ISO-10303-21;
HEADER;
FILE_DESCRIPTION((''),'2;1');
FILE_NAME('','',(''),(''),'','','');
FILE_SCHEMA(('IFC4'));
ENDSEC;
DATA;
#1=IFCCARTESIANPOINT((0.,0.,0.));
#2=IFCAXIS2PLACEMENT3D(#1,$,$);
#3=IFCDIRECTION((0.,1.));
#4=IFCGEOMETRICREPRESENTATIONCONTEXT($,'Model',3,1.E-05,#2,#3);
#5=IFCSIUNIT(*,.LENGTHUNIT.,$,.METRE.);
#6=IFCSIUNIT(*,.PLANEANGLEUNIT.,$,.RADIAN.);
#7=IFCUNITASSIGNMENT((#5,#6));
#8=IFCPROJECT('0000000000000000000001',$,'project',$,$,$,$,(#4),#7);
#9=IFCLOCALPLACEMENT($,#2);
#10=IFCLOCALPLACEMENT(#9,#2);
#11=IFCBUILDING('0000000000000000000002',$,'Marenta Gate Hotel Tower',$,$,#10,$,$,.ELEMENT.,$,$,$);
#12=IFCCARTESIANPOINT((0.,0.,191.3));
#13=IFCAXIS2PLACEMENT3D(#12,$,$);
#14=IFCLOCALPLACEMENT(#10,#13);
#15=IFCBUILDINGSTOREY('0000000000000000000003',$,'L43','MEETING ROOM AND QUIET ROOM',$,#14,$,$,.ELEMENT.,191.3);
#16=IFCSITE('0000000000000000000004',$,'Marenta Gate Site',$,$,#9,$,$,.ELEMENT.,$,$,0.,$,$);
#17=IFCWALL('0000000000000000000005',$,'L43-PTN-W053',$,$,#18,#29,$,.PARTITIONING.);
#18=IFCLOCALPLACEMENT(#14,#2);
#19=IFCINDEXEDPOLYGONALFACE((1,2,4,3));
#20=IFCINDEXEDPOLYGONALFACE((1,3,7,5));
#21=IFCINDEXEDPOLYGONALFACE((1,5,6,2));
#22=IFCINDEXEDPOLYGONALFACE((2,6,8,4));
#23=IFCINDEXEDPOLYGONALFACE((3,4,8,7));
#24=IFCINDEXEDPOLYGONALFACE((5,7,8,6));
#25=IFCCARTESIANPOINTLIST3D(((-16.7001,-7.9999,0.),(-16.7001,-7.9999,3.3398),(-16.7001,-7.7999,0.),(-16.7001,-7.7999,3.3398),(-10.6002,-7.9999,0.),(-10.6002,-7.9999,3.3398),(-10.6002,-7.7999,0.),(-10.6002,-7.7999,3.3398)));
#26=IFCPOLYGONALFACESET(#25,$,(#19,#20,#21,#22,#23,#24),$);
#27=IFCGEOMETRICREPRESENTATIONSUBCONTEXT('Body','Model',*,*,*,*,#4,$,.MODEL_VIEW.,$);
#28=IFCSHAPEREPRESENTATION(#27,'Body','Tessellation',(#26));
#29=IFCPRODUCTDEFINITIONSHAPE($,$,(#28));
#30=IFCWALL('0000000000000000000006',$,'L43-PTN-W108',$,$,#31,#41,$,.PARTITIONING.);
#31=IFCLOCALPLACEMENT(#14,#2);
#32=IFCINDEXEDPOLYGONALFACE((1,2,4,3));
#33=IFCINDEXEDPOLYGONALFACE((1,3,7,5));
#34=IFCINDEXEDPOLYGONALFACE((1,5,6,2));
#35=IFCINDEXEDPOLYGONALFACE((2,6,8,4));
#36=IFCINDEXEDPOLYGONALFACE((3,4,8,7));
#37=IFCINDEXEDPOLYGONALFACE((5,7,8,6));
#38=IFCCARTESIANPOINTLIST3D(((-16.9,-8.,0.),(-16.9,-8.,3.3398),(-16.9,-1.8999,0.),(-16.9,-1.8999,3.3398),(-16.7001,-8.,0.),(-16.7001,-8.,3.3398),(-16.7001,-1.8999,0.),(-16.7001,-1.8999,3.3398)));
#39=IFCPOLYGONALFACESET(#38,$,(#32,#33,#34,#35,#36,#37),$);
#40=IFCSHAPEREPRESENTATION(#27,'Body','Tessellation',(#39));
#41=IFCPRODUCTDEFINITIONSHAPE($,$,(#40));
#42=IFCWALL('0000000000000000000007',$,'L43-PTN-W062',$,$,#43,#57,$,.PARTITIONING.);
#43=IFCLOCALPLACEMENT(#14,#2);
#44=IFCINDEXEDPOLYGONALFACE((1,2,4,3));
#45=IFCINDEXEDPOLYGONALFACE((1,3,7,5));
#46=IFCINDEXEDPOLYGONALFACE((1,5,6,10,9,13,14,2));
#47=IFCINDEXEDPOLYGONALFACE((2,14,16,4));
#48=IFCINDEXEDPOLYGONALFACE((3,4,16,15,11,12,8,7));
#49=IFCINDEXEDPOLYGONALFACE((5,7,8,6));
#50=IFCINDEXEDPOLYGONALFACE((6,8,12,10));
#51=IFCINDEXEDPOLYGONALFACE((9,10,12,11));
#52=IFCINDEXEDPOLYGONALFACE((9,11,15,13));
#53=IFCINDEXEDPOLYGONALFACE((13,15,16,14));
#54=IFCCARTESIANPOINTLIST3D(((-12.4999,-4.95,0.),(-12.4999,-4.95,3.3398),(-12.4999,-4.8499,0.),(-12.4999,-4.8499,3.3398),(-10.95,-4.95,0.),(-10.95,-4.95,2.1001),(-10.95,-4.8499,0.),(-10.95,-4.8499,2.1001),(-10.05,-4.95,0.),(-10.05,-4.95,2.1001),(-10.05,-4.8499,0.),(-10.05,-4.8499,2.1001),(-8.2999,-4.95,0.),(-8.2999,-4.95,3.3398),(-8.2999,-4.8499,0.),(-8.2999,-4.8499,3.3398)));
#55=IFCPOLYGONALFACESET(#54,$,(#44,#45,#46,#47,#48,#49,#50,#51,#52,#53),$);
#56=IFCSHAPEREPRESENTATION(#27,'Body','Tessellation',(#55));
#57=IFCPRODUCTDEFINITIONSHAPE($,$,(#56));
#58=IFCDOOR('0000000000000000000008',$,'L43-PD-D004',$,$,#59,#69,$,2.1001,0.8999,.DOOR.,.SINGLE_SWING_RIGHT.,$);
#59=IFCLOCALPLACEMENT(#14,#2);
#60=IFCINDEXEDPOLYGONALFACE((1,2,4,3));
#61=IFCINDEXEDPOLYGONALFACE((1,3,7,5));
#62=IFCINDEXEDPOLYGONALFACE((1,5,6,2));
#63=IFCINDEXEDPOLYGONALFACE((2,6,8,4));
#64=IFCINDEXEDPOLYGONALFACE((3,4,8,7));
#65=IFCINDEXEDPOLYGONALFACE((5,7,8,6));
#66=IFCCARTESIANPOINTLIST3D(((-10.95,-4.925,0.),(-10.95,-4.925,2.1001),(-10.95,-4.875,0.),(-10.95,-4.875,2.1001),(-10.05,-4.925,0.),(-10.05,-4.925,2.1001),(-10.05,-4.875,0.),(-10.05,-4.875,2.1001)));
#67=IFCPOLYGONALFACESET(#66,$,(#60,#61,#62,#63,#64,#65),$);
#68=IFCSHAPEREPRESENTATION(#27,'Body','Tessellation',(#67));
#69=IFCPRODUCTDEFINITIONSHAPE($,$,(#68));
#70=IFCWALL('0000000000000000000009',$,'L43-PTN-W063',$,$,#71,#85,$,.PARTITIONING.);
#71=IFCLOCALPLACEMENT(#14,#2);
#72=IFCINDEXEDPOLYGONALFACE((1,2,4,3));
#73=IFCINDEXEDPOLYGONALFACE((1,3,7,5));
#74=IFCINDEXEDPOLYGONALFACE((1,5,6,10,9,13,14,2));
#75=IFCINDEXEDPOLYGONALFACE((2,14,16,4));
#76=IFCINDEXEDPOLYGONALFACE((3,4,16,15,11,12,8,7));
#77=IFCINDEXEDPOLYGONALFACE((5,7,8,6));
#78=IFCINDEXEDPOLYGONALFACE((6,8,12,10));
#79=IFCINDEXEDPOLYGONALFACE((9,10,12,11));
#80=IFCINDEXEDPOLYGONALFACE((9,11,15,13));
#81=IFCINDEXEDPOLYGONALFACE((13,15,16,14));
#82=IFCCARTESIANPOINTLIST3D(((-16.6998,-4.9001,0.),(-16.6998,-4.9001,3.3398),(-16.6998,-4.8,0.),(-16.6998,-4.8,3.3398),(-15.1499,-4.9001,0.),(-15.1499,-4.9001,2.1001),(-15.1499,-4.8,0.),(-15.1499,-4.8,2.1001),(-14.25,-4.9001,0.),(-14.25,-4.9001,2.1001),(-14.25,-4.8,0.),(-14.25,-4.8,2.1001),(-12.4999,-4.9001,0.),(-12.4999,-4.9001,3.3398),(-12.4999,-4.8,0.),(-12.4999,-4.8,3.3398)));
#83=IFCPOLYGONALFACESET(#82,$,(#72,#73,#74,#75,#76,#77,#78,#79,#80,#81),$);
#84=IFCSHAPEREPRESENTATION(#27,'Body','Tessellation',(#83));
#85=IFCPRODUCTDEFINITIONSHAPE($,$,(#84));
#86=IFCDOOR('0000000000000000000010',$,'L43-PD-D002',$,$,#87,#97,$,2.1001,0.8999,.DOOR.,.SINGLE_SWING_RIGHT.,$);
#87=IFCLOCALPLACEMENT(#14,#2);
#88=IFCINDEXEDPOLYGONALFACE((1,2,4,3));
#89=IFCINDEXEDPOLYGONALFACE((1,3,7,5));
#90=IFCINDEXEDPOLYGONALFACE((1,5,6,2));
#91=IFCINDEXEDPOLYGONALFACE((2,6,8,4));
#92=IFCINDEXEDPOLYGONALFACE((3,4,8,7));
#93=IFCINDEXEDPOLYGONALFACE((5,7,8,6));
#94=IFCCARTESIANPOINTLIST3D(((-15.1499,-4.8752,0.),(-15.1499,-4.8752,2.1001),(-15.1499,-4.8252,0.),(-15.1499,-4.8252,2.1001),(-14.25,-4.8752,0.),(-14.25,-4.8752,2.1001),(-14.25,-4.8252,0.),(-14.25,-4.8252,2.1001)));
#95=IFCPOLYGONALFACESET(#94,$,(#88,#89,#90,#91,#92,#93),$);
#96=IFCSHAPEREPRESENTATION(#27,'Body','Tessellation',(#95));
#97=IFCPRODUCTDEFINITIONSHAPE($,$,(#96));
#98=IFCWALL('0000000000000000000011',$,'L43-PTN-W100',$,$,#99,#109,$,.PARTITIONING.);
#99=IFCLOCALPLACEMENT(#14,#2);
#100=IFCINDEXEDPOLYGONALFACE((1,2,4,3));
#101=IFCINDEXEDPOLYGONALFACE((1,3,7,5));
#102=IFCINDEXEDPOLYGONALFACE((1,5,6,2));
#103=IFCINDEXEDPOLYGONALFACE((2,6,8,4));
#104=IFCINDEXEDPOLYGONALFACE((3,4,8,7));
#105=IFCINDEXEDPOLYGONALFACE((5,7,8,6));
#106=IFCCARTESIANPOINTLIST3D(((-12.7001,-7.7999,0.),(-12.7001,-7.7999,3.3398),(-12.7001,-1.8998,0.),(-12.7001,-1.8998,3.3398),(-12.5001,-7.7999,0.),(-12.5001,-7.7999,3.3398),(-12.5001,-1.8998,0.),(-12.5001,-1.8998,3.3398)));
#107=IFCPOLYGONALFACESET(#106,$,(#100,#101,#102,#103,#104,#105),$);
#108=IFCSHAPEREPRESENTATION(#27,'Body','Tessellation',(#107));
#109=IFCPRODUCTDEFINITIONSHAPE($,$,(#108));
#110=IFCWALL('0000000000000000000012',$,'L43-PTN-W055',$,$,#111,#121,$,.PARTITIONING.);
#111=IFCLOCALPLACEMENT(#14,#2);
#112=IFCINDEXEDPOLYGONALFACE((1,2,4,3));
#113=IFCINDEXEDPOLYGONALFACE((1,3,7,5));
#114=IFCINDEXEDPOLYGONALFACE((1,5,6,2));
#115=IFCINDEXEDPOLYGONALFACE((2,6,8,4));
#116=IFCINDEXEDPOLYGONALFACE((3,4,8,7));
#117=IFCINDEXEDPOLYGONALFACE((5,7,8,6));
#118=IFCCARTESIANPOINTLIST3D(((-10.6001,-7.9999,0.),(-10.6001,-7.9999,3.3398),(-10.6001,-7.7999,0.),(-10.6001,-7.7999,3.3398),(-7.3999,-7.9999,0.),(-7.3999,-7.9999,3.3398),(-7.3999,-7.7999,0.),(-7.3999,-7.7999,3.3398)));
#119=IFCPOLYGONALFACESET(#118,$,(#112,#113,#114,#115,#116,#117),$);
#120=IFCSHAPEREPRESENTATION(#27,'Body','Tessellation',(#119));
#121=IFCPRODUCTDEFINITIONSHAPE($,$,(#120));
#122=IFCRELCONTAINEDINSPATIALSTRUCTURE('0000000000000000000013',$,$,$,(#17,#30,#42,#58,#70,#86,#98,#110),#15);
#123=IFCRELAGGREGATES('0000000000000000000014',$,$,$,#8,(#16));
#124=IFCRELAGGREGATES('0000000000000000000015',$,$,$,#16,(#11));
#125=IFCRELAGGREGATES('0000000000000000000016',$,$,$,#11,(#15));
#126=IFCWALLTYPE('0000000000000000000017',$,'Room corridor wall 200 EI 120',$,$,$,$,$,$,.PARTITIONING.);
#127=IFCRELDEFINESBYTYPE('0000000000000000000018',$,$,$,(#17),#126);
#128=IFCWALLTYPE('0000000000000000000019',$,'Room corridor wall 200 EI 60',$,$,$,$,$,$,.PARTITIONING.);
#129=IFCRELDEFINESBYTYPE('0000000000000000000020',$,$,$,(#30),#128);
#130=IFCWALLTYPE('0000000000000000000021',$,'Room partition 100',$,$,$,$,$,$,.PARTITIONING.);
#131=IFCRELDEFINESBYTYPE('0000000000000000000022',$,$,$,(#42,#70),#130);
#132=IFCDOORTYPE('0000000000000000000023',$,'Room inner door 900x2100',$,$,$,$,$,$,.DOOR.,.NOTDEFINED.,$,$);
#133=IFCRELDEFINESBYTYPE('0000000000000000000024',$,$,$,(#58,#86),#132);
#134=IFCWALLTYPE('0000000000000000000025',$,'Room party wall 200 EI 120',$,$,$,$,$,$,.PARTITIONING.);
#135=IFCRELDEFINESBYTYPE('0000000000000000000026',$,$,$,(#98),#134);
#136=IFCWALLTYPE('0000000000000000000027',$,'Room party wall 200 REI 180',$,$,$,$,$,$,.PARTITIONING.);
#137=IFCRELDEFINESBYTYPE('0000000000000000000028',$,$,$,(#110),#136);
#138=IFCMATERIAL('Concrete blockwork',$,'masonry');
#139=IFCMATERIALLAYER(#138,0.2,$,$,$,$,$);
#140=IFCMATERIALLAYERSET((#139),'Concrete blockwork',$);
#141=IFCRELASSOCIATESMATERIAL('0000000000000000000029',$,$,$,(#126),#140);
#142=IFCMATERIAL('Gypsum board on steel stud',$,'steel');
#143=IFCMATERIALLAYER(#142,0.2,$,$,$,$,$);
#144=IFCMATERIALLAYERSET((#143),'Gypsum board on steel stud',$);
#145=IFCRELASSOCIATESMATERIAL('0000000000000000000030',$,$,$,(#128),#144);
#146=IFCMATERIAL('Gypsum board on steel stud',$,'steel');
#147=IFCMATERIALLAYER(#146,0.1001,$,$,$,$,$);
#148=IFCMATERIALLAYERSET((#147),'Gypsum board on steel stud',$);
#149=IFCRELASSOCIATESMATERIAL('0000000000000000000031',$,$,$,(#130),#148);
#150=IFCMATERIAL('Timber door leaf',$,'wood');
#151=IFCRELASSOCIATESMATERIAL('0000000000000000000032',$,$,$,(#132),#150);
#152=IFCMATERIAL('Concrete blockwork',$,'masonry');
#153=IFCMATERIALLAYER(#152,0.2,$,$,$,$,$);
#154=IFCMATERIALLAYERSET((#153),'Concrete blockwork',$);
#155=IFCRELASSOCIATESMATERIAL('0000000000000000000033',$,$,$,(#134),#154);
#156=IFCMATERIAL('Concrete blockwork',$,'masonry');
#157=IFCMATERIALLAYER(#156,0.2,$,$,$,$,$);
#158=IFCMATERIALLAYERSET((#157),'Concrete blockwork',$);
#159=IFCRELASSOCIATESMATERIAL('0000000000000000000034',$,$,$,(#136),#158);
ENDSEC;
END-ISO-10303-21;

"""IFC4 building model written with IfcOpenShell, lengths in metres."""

from ifc_helpers import new_model, si_unit, direction, frame, frame_2d, origin, place, context, subcontext, project, spatial, rectangle, extrude, material, layer, layer_set, type_object, element, fill, save


model = new_model("IFC4")

# Units and contexts
model_context = context("Model", 3, precision=1e-05, world=origin(), true_north=direction((0.0, 1.0)))
body_context = subcontext(model_context, "Body", "Model", "MODEL_VIEW")
ifc_project = project(units=[si_unit("LENGTHUNIT", "METRE"), si_unit("PLANEANGLEUNIT", "RADIAN")], contexts=[model_context])

# Site, building, storey
site_placement = place(None, origin())
site = spatial("IfcSite", under=ifc_project, at=site_placement, Name="Marenta Gate Site", CompositionType="ELEMENT", RefElevation=0.0)
building_placement = place(site_placement, origin())
building = spatial("IfcBuilding", under=site, at=building_placement, Name="Marenta Gate Hotel Tower", CompositionType="ELEMENT")
storey_placement = place(building_placement, frame((0.0, 0.0, 191.3)))
storey = spatial("IfcBuildingStorey", under=building, at=storey_placement, Name="L43", Description="MEETING ROOM AND QUIET ROOM", CompositionType="ELEMENT", Elevation=191.3)

# Wall
ifc_material_1 = material(Name="Concrete blockwork", Category="masonry")
ifc_layer_1 = layer(ifc_material_1, 0.2)
ifc_layer_set_1 = layer_set([ifc_layer_1], Name="Concrete blockwork")
wall_type_1 = type_object("IfcWallType", Name="Room corridor wall 200 EI 120", PredefinedType="PARTITIONING", material=ifc_layer_set_1)
wall_1_placement = place(storey_placement, frame((-16.7, -7.8999, 0.0), z_axis=(0.0, 0.0, 1.0), x_axis=(1.0, 0.0, 0.0)))
element("IfcWall", 1, at=wall_1_placement, inside=storey, type_object=wall_type_1, Name="L43-PTN-W053", PredefinedType="PARTITIONING", context=body_context, shape_type="SweptSolid", body=[
    extrude(rectangle(XDim=6.0999, YDim=0.2, at=frame_2d((3.0498, 0.0))), origin(), (0.0, 0.0, 1.0), 3.3398),
])

# Wall
ifc_material_2 = material(Name="Gypsum board on steel stud", Category="steel")
ifc_layer_2 = layer(ifc_material_2, 0.2)
ifc_layer_set_2 = layer_set([ifc_layer_2], Name="Gypsum board on steel stud")
wall_type_2 = type_object("IfcWallType", Name="Room corridor wall 200 EI 60", PredefinedType="PARTITIONING", material=ifc_layer_set_2)
wall_2_placement = place(storey_placement, frame((-16.8, -8.0, 0.0), z_axis=(0.0, 0.0, 1.0), x_axis=(0.0, 1.0, 0.0)))
element("IfcWall", 2, at=wall_2_placement, inside=storey, type_object=wall_type_2, Name="L43-PTN-W108", PredefinedType="PARTITIONING", context=body_context, shape_type="SweptSolid", body=[
    extrude(rectangle(XDim=6.1001, YDim=0.2, at=frame_2d((3.05, 0.0))), origin(), (0.0, 0.0, 1.0), 3.3398),
])

# Walls, openings, doors
ifc_material_3 = material(Name="Gypsum board on steel stud", Category="steel")
ifc_layer_3 = layer(ifc_material_3, 0.1001)
ifc_layer_set_3 = layer_set([ifc_layer_3], Name="Gypsum board on steel stud")
wall_type_3 = type_object("IfcWallType", Name="Room partition 100", PredefinedType="PARTITIONING", material=ifc_layer_set_3)
wall_3_placement = place(storey_placement, frame((-12.5, -4.8999, 0.0), z_axis=(0.0, 0.0, 1.0), x_axis=(1.0, 0.0, 0.0)))
wall_3 = element("IfcWall", 3, at=wall_3_placement, inside=storey, type_object=wall_type_3, Name="L43-PTN-W062", PredefinedType="PARTITIONING", context=body_context, shape_type="SweptSolid", body=[
    extrude(rectangle(XDim=4.2, YDim=0.1001, at=frame_2d((2.1001, 0.0))), origin(), (0.0, 0.0, 1.0), 3.3398),
])
opening_1_placement = place(wall_3_placement, frame((1.55, 0.0, 0.0)))
opening_1 = element("IfcOpeningElement", 4, at=opening_1_placement, cuts=wall_3, PredefinedType="OPENING", context=body_context, shape_type="SweptSolid", body=[
    extrude(rectangle(XDim=0.8999, YDim=2.1001, at=frame_2d((0.45, 1.05))), frame((0.0, 0.05, 0.0), z_axis=(0.0, -1.0, 0.0), x_axis=(1.0, 0.0, 0.0)), (0.0, 0.0, 1.0), 0.1001),
])
ifc_material_4 = material(Name="Timber door leaf", Category="wood")
door_type_1 = type_object("IfcDoorType", Name="Room inner door 900x2100", OperationType="NOTDEFINED", PredefinedType="DOOR", material=ifc_material_4)
door_1_placement = place(opening_1_placement, origin())
door_1 = element("IfcDoor", 5, at=door_1_placement, inside=storey, type_object=door_type_1, Name="L43-PD-D004", OperationType="SINGLE_SWING_RIGHT", OverallHeight=2.1001, OverallWidth=0.8999, PredefinedType="DOOR", context=body_context, shape_type="SweptSolid", body=[
    extrude(rectangle(XDim=0.8999, YDim=2.1001, at=frame_2d((0.45, 1.05))), frame((0.0, 0.0249, 0.0), z_axis=(0.0, -1.0, 0.0), x_axis=(1.0, 0.0, 0.0)), (0.0, 0.0, 1.0), 0.05),
])
fill(opening_1, door_1)
wall_4_placement = place(storey_placement, frame((-16.7, -4.8501, 0.0), z_axis=(0.0, 0.0, 1.0), x_axis=(1.0, 0.0, 0.0)))
wall_4 = element("IfcWall", 6, at=wall_4_placement, inside=storey, type_object=wall_type_3, Name="L43-PTN-W063", PredefinedType="PARTITIONING", context=body_context, shape_type="SweptSolid", body=[
    extrude(rectangle(XDim=4.2, YDim=0.1001, at=frame_2d((2.1001, 0.0))), origin(), (0.0, 0.0, 1.0), 3.3398),
])
opening_2_placement = place(wall_4_placement, frame((1.55, 0.0, 0.0)))
opening_2 = element("IfcOpeningElement", 7, at=opening_2_placement, cuts=wall_4, PredefinedType="OPENING", context=body_context, shape_type="SweptSolid", body=[
    extrude(rectangle(XDim=0.8999, YDim=2.1001, at=frame_2d((0.45, 1.05))), frame((0.0, 0.05, 0.0), z_axis=(0.0, -1.0, 0.0), x_axis=(1.0, 0.0, 0.0)), (0.0, 0.0, 1.0), 0.1001),
])
door_2_placement = place(opening_2_placement, origin())
door_2 = element("IfcDoor", 8, at=door_2_placement, inside=storey, type_object=door_type_1, Name="L43-PD-D002", OperationType="SINGLE_SWING_RIGHT", OverallHeight=2.1001, OverallWidth=0.8999, PredefinedType="DOOR", context=body_context, shape_type="SweptSolid", body=[
    extrude(rectangle(XDim=0.8999, YDim=2.1001, at=frame_2d((0.45, 1.05))), frame((0.0, 0.0249, 0.0), z_axis=(0.0, -1.0, 0.0), x_axis=(1.0, 0.0, 0.0)), (0.0, 0.0, 1.0), 0.05),
])
fill(opening_2, door_2)

# Walls
ifc_material_5 = material(Name="Concrete blockwork", Category="masonry")
ifc_layer_4 = layer(ifc_material_5, 0.2)
ifc_layer_set_4 = layer_set([ifc_layer_4], Name="Concrete blockwork")
wall_type_4 = type_object("IfcWallType", Name="Room party wall 200 EI 120", PredefinedType="PARTITIONING", material=ifc_layer_set_4)
wall_5_placement = place(storey_placement, frame((-12.6001, -7.8, 0.0), z_axis=(0.0, 0.0, 1.0), x_axis=(0.0, 1.0, 0.0)))
element("IfcWall", 9, at=wall_5_placement, inside=storey, type_object=wall_type_4, Name="L43-PTN-W100", PredefinedType="PARTITIONING", context=body_context, shape_type="SweptSolid", body=[
    extrude(rectangle(XDim=5.9001, YDim=0.2, at=frame_2d((2.9502, 0.0))), origin(), (0.0, 0.0, 1.0), 3.3398),
])
ifc_material_6 = material(Name="Concrete blockwork", Category="masonry")
ifc_layer_5 = layer(ifc_material_6, 0.2)
ifc_layer_set_5 = layer_set([ifc_layer_5], Name="Concrete blockwork")
wall_type_5 = type_object("IfcWallType", Name="Room party wall 200 REI 180", PredefinedType="PARTITIONING", material=ifc_layer_set_5)
wall_6_placement = place(storey_placement, frame((-10.6001, -7.8999, 0.0), z_axis=(0.0, 0.0, 1.0), x_axis=(1.0, 0.0, 0.0)))
element("IfcWall", 10, at=wall_6_placement, inside=storey, type_object=wall_type_5, Name="L43-PTN-W055", PredefinedType="PARTITIONING", context=body_context, shape_type="SweptSolid", body=[
    extrude(rectangle(XDim=3.2002, YDim=0.2, at=frame_2d((1.6001, 0.0))), origin(), (0.0, 0.0, 1.0), 3.3398),
])

save(model, "model.ifc")
